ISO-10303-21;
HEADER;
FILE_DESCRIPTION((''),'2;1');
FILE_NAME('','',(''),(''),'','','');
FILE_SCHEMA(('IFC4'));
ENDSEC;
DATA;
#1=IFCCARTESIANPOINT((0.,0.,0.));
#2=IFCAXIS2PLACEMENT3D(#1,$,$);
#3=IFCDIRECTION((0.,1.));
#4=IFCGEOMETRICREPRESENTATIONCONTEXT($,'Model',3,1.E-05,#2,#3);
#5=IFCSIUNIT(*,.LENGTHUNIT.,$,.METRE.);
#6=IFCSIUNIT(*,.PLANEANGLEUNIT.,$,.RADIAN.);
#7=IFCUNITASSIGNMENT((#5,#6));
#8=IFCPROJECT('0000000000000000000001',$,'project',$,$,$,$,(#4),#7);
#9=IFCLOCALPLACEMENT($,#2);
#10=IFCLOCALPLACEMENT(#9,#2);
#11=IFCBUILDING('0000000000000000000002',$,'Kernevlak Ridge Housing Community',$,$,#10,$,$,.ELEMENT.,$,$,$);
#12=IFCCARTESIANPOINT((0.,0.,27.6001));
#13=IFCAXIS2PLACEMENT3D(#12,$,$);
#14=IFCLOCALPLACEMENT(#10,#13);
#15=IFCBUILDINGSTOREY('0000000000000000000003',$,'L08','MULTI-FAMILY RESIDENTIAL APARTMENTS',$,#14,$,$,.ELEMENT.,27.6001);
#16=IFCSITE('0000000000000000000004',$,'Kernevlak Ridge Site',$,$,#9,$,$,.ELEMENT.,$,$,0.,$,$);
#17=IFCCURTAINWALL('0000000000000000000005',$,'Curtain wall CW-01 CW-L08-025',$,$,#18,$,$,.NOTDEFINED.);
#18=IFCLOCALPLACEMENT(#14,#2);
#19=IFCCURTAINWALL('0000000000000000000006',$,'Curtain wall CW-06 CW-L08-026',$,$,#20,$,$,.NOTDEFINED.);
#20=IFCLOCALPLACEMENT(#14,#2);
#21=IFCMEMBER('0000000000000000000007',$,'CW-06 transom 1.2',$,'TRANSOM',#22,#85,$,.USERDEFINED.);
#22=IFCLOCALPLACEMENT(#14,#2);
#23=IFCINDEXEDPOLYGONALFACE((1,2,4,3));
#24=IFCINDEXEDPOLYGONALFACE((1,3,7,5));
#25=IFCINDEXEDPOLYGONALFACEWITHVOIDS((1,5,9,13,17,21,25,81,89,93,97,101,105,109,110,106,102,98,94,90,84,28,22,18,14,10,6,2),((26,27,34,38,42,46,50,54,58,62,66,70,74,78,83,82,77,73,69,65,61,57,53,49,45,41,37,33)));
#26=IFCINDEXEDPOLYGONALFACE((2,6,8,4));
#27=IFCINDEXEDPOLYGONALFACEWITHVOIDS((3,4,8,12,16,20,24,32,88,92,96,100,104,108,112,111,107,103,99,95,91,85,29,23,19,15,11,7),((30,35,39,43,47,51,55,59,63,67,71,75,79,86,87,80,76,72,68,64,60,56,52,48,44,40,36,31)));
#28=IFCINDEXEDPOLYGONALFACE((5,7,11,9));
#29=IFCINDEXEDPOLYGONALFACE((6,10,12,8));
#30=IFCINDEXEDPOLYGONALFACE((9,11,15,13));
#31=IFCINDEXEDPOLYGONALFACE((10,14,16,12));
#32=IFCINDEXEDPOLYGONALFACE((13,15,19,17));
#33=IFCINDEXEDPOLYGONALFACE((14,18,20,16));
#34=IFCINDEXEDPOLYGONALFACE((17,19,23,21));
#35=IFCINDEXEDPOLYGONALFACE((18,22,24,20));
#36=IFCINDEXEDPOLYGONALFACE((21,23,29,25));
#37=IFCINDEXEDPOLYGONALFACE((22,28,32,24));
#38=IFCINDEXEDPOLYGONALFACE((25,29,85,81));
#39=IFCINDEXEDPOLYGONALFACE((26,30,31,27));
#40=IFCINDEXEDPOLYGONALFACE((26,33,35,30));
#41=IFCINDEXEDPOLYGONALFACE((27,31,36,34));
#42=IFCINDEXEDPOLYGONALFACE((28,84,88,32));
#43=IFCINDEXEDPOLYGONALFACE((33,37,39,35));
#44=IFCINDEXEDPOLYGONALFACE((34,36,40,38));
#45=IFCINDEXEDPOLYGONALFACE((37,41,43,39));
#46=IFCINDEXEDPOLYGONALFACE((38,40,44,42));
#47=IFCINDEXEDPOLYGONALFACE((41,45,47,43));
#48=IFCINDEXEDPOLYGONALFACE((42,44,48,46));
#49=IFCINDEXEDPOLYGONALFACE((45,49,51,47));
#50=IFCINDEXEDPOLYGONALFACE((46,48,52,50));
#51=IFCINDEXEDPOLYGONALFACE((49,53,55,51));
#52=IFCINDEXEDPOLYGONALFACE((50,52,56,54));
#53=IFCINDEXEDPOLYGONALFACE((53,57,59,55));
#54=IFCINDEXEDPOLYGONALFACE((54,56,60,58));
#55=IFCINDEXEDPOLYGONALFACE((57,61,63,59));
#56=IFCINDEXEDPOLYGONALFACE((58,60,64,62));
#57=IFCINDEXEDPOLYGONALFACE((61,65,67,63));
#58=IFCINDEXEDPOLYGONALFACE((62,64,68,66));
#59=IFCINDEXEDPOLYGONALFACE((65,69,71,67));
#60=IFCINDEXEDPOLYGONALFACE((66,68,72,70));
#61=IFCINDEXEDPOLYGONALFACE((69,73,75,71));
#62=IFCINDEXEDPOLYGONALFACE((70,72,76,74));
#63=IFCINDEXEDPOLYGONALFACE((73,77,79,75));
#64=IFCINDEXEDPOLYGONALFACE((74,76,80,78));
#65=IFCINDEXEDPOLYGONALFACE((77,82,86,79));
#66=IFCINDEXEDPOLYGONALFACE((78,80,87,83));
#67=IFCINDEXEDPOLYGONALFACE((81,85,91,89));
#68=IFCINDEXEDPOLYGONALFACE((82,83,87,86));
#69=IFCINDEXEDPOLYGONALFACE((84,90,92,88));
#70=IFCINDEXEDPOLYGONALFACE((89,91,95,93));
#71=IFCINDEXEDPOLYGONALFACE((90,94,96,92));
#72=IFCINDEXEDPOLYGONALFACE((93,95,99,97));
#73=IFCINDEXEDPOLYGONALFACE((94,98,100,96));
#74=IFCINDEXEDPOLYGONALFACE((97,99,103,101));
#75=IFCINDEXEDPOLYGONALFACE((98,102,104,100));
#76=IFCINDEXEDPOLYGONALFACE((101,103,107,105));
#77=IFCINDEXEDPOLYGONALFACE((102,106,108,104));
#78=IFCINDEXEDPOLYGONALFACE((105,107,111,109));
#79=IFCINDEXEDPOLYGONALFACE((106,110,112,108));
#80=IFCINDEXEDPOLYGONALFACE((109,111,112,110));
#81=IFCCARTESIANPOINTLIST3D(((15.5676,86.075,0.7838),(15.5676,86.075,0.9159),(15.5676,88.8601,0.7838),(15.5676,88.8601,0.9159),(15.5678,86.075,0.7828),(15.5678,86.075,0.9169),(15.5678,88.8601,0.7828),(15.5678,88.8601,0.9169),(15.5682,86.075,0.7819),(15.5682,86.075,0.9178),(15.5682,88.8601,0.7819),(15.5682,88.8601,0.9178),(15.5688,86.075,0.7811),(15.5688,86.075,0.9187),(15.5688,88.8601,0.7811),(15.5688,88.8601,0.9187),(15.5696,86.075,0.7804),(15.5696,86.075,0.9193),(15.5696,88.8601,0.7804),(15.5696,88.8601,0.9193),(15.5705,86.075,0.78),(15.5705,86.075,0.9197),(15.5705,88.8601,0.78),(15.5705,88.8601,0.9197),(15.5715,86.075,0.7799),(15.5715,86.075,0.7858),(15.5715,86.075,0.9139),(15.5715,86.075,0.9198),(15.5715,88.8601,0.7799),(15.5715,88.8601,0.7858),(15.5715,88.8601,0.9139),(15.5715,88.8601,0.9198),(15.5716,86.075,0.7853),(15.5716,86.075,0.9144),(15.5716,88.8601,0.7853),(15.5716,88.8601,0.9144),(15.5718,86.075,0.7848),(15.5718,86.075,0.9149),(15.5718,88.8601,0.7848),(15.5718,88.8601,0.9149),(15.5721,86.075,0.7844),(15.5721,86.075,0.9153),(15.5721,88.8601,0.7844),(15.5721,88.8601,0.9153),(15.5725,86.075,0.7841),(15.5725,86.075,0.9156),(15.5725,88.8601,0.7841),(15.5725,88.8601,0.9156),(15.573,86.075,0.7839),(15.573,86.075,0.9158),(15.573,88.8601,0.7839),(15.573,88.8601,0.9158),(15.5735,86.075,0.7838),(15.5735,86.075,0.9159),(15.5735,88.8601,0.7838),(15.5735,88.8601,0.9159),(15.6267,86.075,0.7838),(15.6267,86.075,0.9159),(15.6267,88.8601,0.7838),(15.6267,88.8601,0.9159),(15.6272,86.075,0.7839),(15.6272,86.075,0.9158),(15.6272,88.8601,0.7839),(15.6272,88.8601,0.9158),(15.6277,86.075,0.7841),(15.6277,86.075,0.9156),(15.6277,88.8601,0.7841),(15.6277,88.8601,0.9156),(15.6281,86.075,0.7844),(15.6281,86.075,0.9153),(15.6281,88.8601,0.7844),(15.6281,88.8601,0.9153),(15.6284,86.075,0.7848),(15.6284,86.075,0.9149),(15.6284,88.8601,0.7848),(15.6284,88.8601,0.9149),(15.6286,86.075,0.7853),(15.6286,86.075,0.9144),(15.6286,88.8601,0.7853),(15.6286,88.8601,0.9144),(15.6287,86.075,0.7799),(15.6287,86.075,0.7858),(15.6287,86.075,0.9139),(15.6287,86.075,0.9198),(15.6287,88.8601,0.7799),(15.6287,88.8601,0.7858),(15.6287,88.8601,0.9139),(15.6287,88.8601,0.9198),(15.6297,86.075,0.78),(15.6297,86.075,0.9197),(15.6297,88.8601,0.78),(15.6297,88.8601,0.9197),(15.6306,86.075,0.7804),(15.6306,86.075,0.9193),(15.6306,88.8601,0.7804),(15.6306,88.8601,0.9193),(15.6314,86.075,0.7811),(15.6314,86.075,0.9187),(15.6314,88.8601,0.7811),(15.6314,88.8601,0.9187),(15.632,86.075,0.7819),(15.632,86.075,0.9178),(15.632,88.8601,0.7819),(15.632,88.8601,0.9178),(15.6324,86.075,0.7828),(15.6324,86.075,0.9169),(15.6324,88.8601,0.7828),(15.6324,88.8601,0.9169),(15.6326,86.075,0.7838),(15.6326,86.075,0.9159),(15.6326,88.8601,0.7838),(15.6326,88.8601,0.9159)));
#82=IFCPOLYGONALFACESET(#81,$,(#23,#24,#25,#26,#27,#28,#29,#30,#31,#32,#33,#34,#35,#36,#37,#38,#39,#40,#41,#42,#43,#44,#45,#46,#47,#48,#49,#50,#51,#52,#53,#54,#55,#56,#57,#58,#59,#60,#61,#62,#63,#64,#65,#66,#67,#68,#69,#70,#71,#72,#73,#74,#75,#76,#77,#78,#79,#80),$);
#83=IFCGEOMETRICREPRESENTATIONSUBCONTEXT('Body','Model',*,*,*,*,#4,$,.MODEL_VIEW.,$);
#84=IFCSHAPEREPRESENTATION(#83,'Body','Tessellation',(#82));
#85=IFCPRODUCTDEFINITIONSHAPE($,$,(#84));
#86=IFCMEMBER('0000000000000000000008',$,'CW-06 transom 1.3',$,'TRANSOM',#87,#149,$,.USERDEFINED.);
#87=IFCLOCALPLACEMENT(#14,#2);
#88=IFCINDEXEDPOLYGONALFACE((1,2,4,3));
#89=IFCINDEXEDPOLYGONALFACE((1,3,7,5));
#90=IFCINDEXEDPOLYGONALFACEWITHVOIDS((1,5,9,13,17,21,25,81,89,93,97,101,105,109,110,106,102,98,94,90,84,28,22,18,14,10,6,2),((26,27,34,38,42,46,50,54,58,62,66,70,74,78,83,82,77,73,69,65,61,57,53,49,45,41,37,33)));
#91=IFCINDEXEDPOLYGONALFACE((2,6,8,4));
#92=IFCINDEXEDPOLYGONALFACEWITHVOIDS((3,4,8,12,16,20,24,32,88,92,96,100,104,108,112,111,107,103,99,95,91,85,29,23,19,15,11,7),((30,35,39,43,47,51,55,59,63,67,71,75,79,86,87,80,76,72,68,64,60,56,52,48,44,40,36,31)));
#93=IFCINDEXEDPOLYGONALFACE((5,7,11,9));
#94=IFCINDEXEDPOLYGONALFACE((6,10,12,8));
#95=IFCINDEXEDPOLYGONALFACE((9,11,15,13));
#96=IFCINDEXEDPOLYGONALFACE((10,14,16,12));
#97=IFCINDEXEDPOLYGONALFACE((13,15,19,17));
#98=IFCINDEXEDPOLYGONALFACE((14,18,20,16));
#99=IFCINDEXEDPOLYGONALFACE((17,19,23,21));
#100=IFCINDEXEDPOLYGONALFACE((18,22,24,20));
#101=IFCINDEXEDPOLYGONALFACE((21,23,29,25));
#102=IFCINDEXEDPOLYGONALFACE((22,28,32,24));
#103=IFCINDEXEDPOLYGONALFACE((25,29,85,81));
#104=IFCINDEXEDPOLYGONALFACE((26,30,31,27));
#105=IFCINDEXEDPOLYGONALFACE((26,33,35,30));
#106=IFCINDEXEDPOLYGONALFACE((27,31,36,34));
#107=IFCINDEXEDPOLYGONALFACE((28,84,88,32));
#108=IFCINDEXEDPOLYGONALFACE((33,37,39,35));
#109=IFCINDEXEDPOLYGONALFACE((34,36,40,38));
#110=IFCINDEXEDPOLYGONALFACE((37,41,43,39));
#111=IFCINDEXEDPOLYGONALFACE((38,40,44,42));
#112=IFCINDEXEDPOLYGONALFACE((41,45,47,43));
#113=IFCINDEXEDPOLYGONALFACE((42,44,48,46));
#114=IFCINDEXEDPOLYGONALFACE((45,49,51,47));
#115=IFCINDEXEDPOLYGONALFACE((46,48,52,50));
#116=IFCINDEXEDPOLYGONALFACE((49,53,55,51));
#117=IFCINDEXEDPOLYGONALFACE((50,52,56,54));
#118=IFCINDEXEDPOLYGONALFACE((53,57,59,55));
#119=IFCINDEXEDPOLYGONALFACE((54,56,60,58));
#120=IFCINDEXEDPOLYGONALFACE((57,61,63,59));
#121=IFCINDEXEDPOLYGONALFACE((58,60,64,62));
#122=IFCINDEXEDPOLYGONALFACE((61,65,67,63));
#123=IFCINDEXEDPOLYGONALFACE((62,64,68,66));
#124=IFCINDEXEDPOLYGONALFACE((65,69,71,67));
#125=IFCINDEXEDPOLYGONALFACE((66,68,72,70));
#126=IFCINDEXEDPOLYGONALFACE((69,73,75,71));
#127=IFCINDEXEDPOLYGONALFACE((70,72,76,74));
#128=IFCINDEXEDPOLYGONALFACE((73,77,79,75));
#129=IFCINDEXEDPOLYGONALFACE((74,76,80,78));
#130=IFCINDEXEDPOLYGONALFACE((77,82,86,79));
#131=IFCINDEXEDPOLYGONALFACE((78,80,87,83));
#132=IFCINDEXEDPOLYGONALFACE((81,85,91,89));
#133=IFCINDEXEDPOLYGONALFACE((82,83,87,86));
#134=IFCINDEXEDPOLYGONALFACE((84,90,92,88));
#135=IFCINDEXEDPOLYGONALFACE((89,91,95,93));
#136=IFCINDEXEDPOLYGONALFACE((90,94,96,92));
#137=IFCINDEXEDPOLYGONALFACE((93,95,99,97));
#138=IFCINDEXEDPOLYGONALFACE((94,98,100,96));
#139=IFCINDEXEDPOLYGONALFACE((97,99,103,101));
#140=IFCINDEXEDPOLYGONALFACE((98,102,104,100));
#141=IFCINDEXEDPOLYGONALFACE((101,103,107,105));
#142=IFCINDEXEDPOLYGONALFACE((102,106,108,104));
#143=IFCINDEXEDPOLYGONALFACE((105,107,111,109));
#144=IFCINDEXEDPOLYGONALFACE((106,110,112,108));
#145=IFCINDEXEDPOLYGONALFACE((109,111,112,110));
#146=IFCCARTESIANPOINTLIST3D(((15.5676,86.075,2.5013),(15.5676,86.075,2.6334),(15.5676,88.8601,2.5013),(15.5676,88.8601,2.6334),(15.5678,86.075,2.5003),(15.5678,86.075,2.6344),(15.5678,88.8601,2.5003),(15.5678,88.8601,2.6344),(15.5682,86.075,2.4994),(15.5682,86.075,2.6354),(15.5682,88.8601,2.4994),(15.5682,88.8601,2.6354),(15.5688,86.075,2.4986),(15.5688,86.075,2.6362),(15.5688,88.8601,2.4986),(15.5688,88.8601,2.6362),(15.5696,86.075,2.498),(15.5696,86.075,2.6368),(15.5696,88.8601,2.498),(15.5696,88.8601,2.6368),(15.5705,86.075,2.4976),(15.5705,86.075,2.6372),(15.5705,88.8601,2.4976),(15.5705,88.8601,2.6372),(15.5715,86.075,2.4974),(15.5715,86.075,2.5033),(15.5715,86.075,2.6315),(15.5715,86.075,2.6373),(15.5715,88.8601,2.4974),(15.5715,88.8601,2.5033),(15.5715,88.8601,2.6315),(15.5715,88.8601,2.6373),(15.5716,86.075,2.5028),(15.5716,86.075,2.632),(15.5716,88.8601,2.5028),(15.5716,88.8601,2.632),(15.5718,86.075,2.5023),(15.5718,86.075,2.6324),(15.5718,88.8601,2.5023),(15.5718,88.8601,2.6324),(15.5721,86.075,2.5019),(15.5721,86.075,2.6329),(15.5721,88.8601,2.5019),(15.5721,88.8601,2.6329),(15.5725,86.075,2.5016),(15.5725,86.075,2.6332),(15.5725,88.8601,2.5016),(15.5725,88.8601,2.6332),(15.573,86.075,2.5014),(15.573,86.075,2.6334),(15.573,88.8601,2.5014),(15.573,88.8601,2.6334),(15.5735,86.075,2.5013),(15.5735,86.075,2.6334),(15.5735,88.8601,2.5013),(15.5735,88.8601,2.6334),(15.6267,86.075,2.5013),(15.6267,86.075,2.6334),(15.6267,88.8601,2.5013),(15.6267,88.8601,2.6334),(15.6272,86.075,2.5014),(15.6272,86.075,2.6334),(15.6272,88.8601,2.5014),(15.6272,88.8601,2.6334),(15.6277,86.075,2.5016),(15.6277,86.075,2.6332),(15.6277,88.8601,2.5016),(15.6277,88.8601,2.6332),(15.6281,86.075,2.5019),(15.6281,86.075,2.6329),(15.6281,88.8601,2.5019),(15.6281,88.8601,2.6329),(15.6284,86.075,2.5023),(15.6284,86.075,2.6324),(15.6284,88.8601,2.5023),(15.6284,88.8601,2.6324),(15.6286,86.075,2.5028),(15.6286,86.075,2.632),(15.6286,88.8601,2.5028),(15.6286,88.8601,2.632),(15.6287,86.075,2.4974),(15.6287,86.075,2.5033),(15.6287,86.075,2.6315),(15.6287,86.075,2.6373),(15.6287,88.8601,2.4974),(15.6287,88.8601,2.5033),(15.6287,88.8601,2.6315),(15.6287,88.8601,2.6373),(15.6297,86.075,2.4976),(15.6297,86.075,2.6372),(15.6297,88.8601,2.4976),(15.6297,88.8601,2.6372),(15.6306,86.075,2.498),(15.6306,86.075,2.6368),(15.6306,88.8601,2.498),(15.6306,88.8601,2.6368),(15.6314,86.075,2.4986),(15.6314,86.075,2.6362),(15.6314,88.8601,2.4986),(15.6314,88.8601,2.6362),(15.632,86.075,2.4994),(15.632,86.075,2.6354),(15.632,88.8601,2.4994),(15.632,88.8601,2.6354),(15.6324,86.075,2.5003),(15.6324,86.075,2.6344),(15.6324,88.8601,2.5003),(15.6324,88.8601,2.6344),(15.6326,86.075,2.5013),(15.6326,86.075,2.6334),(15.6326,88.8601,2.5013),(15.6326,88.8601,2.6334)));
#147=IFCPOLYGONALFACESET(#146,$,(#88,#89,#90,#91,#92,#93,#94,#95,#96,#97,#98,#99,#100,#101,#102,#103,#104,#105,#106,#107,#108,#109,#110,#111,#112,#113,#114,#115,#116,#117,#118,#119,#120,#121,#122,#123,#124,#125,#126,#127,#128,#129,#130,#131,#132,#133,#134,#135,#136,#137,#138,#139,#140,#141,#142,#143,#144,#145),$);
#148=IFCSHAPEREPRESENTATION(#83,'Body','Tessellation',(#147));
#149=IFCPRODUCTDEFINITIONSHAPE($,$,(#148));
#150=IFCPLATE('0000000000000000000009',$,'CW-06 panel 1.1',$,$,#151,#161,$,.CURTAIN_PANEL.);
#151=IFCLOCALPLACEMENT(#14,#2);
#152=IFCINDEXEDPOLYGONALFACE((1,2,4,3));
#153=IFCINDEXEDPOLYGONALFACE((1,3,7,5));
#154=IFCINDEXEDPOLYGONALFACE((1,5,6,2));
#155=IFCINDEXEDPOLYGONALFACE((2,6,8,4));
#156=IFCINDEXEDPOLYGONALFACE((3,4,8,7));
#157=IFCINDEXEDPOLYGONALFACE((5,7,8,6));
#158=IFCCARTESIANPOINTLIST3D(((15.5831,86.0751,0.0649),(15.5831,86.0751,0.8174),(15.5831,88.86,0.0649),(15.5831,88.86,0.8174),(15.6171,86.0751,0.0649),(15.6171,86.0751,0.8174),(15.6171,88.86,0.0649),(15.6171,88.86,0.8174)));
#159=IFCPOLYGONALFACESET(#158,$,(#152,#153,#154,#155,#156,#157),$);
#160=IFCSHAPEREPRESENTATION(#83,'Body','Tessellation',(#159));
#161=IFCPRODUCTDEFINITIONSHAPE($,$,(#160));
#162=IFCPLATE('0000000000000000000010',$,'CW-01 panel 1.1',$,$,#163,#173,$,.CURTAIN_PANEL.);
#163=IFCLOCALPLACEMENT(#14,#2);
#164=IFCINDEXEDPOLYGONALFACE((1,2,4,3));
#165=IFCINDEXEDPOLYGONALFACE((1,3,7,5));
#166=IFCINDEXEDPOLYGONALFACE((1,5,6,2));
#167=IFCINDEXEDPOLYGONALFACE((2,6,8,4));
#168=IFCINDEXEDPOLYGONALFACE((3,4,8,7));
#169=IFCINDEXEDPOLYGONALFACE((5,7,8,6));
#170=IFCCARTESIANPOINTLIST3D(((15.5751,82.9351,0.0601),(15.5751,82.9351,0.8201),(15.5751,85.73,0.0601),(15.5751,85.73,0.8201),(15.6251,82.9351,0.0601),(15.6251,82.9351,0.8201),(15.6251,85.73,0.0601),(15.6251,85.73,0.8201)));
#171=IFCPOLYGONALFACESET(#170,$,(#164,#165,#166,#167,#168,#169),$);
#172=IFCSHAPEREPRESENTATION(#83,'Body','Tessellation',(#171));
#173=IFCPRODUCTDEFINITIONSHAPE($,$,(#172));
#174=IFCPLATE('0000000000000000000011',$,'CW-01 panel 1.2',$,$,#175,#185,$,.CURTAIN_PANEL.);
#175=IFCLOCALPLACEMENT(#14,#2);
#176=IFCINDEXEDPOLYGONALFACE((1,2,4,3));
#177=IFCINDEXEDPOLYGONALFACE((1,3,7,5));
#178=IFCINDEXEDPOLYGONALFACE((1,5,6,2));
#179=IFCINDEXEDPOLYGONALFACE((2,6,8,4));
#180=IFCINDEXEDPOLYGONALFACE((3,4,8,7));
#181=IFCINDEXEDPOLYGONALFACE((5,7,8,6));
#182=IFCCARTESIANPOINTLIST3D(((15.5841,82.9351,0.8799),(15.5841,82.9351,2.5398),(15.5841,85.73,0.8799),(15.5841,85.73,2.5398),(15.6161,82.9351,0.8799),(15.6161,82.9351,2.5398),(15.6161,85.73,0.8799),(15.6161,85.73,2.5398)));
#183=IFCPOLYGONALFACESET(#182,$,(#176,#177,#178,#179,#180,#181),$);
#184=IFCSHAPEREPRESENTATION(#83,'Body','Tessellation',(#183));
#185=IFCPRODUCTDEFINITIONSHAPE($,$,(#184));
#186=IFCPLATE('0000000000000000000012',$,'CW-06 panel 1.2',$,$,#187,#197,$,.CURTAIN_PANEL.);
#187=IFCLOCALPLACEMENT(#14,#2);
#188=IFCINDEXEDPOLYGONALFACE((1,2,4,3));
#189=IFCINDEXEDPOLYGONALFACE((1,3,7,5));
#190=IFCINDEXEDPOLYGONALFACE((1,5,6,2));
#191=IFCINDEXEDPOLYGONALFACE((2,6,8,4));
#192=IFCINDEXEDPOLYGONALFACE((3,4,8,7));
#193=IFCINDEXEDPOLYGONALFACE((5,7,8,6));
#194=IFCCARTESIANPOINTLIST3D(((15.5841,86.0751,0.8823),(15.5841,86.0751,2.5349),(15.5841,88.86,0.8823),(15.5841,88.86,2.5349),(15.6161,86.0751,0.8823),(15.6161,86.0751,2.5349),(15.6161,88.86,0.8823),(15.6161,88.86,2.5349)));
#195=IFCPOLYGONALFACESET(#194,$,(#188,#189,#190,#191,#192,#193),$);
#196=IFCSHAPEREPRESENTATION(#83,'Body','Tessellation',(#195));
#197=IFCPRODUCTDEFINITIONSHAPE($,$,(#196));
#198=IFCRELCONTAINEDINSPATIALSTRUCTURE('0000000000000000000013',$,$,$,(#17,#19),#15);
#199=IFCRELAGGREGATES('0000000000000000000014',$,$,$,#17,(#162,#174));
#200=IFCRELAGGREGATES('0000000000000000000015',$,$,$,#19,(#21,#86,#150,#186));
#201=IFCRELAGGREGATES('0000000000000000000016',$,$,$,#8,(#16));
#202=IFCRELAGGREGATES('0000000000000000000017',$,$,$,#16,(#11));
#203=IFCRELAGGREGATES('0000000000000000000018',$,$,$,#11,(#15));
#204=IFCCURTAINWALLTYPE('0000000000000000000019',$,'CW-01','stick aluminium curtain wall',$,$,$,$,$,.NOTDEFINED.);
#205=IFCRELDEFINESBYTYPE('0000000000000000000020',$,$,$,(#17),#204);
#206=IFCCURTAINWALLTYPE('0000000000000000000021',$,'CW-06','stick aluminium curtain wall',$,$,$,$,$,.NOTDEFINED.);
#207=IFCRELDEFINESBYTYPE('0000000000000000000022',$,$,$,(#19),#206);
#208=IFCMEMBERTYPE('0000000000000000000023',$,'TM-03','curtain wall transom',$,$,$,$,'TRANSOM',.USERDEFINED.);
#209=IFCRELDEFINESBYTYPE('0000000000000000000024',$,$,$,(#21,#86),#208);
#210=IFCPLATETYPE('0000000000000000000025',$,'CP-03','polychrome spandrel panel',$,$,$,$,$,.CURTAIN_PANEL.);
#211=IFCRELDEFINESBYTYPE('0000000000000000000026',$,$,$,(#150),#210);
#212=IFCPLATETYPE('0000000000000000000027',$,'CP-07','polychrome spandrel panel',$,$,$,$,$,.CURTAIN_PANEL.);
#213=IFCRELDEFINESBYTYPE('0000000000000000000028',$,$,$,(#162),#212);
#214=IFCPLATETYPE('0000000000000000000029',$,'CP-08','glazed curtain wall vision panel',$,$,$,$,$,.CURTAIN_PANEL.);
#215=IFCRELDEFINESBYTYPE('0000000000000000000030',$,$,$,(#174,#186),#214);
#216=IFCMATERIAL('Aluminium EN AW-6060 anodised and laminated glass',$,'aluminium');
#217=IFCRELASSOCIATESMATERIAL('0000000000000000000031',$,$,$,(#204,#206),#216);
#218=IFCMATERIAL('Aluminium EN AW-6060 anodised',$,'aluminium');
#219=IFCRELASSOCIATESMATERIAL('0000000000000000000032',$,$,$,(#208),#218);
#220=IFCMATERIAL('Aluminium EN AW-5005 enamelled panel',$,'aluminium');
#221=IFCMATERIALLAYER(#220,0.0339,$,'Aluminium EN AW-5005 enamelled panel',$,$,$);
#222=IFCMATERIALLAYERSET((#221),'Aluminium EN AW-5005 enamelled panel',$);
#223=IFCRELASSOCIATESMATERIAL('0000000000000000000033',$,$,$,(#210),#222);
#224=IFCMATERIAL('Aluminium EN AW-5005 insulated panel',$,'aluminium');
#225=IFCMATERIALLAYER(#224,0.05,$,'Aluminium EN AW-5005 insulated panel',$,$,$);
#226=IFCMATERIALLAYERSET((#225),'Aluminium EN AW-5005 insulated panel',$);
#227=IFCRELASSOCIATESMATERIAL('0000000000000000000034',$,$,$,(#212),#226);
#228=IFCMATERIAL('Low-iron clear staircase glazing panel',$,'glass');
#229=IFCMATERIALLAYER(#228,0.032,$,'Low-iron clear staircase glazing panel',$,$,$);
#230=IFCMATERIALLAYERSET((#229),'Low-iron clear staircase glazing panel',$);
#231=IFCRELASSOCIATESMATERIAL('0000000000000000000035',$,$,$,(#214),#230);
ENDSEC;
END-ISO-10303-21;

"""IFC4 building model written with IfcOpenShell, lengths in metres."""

from ifc_helpers import new_model, si_unit, direction, frame, origin, origin_2d, place, context, subcontext, project, spatial, rectangle, hollow_rectangle, extrude, material, layer, layer_set, material_profile, profile_set, type_object, element, aggregate, save


model = new_model("IFC4")

# Units and contexts
model_context = context("Model", 3, precision=1e-05, world=origin(), true_north=direction((0.0, 1.0)))
body_context = subcontext(model_context, "Body", "Model", "MODEL_VIEW")
ifc_project = project(units=[si_unit("LENGTHUNIT", "METRE"), si_unit("PLANEANGLEUNIT", "RADIAN")], contexts=[model_context])

# Site, building, storey
site_placement = place(None, origin())
site = spatial("IfcSite", under=ifc_project, at=site_placement, Name="Kernevlak Ridge Site", CompositionType="ELEMENT", RefElevation=0.0)
building_placement = place(site_placement, origin())
building = spatial("IfcBuilding", under=site, at=building_placement, Name="Kernevlak Ridge Housing Community", CompositionType="ELEMENT")
storey_placement = place(building_placement, frame((0.0, 0.0, 27.6001)))
storey = spatial("IfcBuildingStorey", under=building, at=storey_placement, Name="L08", Description="MULTI-FAMILY RESIDENTIAL APARTMENTS", CompositionType="ELEMENT", Elevation=27.6001)

# Curtain wall
ifc_material_1 = material(Name="Aluminium EN AW-6060 anodised and laminated glass", Category="aluminium")
curtain_wall_type_1 = type_object("IfcCurtainWallType", Name="CW-01", Description="stick aluminium curtain wall", PredefinedType="NOTDEFINED", material=ifc_material_1)
curtain_wall_1_placement = place(storey_placement, origin())
curtain_wall_1 = element("IfcCurtainWall", 1, at=curtain_wall_1_placement, inside=storey, type_object=curtain_wall_type_1, Name="Curtain wall CW-01 CW-L08-025", PredefinedType="NOTDEFINED")
ifc_material_2 = material(Name="Aluminium EN AW-6060 anodised", Category="aluminium")

# Curtain wall, members, plate
curtain_wall_type_2 = type_object("IfcCurtainWallType", Name="CW-06", Description="stick aluminium curtain wall", PredefinedType="NOTDEFINED", material=ifc_material_1)
curtain_wall_2_placement = place(storey_placement, origin())
curtain_wall_2 = element("IfcCurtainWall", 2, at=curtain_wall_2_placement, inside=storey, type_object=curtain_wall_type_2, Name="Curtain wall CW-06 CW-L08-026", PredefinedType="NOTDEFINED")
ifc_material_profile_1 = material_profile(ifc_material_2, hollow_rectangle(XDim=0.0649, YDim=0.1399, WallThickness=0.0039, InnerFilletRadius=0.002, OuterFilletRadius=0.0039, at=origin_2d()), Name="ALU 65x140x4")
ifc_profile_set_1 = profile_set([ifc_material_profile_1], Name="Aluminium EN AW-6060 anodised")
member_type_1 = type_object("IfcMemberType", Name="TM-03", Description="curtain wall transom", ElementType="TRANSOM", PredefinedType="USERDEFINED", material=ifc_profile_set_1)
member_1_placement = place(storey_placement, frame((15.6001, 86.075, 0.8499), z_axis=(0.0, 1.0, 0.0), x_axis=(-1.0, 0.0, 0.0)))
member_1 = element("IfcMember", 3, at=member_1_placement, type_object=member_type_1, Name="CW-06 transom 1.2", ObjectType="TRANSOM", PredefinedType="USERDEFINED", context=body_context, shape_type="SweptSolid", body=[
    extrude(hollow_rectangle(XDim=0.0649, YDim=0.1399, WallThickness=0.0039, InnerFilletRadius=0.002, OuterFilletRadius=0.0039, at=origin_2d()), origin(), (0.0, 0.0, 1.0), 2.7852),
])
member_2_placement = place(storey_placement, frame((15.6001, 86.075, 2.5674), z_axis=(0.0, 1.0, 0.0), x_axis=(-1.0, 0.0, 0.0)))
member_2 = element("IfcMember", 4, at=member_2_placement, type_object=member_type_1, Name="CW-06 transom 1.3", ObjectType="TRANSOM", PredefinedType="USERDEFINED", context=body_context, shape_type="SweptSolid", body=[
    extrude(hollow_rectangle(XDim=0.0649, YDim=0.1399, WallThickness=0.0039, InnerFilletRadius=0.002, OuterFilletRadius=0.0039, at=origin_2d()), origin(), (0.0, 0.0, 1.0), 2.7852),
])
ifc_material_3 = material(Name="Aluminium EN AW-5005 enamelled panel", Category="aluminium")
ifc_layer_1 = layer(ifc_material_3, 0.0339, Name="Aluminium EN AW-5005 enamelled panel")
ifc_layer_set_1 = layer_set([ifc_layer_1], Name="Aluminium EN AW-5005 enamelled panel")
plate_type_1 = type_object("IfcPlateType", Name="CP-03", Description="polychrome spandrel panel", PredefinedType="CURTAIN_PANEL", material=ifc_layer_set_1)
plate_1_placement = place(storey_placement, frame((15.6001, 87.4675, 0.0649), z_axis=(0.0, 0.0, 1.0), x_axis=(0.0, 1.0, 0.0)))
plate_1 = element("IfcPlate", 5, at=plate_1_placement, type_object=plate_type_1, Name="CW-06 panel 1.1", PredefinedType="CURTAIN_PANEL", context=body_context, shape_type="SweptSolid", body=[
    extrude(rectangle(XDim=2.7849, YDim=0.0339, at=origin_2d()), origin(), (0.0, 0.0, 1.0), 0.7524),
])

# Plates
ifc_material_4 = material(Name="Aluminium EN AW-5005 insulated panel", Category="aluminium")
ifc_layer_2 = layer(ifc_material_4, 0.05, Name="Aluminium EN AW-5005 insulated panel")
ifc_layer_set_2 = layer_set([ifc_layer_2], Name="Aluminium EN AW-5005 insulated panel")
plate_type_2 = type_object("IfcPlateType", Name="CP-07", Description="polychrome spandrel panel", PredefinedType="CURTAIN_PANEL", material=ifc_layer_set_2)
plate_2_placement = place(storey_placement, frame((15.6001, 84.3325, 0.0601), z_axis=(0.0, 0.0, 1.0), x_axis=(0.0, 1.0, 0.0)))
plate_2 = element("IfcPlate", 6, at=plate_2_placement, type_object=plate_type_2, Name="CW-01 panel 1.1", PredefinedType="CURTAIN_PANEL", context=body_context, shape_type="SweptSolid", body=[
    extrude(rectangle(XDim=2.7949, YDim=0.05, at=origin_2d()), origin(), (0.0, 0.0, 1.0), 0.76),
])
ifc_material_5 = material(Name="Low-iron clear staircase glazing panel", Category="glass")
ifc_layer_3 = layer(ifc_material_5, 0.032, Name="Low-iron clear staircase glazing panel")
ifc_layer_set_3 = layer_set([ifc_layer_3], Name="Low-iron clear staircase glazing panel")
plate_type_3 = type_object("IfcPlateType", Name="CP-08", Description="glazed curtain wall vision panel", PredefinedType="CURTAIN_PANEL", material=ifc_layer_set_3)
plate_3_placement = place(storey_placement, frame((15.6001, 84.3325, 0.8799), z_axis=(0.0, 0.0, 1.0), x_axis=(0.0, 1.0, 0.0)))
plate_3 = element("IfcPlate", 7, at=plate_3_placement, type_object=plate_type_3, Name="CW-01 panel 1.2", PredefinedType="CURTAIN_PANEL", context=body_context, shape_type="SweptSolid", body=[
    extrude(rectangle(XDim=2.7949, YDim=0.032, at=origin_2d()), origin(), (0.0, 0.0, 1.0), 1.6599),
])
aggregate(curtain_wall_1, [plate_2, plate_3])
plate_4_placement = place(storey_placement, frame((15.6001, 87.4675, 0.8823), z_axis=(0.0, 0.0, 1.0), x_axis=(0.0, 1.0, 0.0)))
plate_4 = element("IfcPlate", 8, at=plate_4_placement, type_object=plate_type_3, Name="CW-06 panel 1.2", PredefinedType="CURTAIN_PANEL", context=body_context, shape_type="SweptSolid", body=[
    extrude(rectangle(XDim=2.7849, YDim=0.032, at=origin_2d()), origin(), (0.0, 0.0, 1.0), 1.6526),
])
aggregate(curtain_wall_2, [member_1, member_2, plate_1, plate_4])

save(model, "model.ifc")
